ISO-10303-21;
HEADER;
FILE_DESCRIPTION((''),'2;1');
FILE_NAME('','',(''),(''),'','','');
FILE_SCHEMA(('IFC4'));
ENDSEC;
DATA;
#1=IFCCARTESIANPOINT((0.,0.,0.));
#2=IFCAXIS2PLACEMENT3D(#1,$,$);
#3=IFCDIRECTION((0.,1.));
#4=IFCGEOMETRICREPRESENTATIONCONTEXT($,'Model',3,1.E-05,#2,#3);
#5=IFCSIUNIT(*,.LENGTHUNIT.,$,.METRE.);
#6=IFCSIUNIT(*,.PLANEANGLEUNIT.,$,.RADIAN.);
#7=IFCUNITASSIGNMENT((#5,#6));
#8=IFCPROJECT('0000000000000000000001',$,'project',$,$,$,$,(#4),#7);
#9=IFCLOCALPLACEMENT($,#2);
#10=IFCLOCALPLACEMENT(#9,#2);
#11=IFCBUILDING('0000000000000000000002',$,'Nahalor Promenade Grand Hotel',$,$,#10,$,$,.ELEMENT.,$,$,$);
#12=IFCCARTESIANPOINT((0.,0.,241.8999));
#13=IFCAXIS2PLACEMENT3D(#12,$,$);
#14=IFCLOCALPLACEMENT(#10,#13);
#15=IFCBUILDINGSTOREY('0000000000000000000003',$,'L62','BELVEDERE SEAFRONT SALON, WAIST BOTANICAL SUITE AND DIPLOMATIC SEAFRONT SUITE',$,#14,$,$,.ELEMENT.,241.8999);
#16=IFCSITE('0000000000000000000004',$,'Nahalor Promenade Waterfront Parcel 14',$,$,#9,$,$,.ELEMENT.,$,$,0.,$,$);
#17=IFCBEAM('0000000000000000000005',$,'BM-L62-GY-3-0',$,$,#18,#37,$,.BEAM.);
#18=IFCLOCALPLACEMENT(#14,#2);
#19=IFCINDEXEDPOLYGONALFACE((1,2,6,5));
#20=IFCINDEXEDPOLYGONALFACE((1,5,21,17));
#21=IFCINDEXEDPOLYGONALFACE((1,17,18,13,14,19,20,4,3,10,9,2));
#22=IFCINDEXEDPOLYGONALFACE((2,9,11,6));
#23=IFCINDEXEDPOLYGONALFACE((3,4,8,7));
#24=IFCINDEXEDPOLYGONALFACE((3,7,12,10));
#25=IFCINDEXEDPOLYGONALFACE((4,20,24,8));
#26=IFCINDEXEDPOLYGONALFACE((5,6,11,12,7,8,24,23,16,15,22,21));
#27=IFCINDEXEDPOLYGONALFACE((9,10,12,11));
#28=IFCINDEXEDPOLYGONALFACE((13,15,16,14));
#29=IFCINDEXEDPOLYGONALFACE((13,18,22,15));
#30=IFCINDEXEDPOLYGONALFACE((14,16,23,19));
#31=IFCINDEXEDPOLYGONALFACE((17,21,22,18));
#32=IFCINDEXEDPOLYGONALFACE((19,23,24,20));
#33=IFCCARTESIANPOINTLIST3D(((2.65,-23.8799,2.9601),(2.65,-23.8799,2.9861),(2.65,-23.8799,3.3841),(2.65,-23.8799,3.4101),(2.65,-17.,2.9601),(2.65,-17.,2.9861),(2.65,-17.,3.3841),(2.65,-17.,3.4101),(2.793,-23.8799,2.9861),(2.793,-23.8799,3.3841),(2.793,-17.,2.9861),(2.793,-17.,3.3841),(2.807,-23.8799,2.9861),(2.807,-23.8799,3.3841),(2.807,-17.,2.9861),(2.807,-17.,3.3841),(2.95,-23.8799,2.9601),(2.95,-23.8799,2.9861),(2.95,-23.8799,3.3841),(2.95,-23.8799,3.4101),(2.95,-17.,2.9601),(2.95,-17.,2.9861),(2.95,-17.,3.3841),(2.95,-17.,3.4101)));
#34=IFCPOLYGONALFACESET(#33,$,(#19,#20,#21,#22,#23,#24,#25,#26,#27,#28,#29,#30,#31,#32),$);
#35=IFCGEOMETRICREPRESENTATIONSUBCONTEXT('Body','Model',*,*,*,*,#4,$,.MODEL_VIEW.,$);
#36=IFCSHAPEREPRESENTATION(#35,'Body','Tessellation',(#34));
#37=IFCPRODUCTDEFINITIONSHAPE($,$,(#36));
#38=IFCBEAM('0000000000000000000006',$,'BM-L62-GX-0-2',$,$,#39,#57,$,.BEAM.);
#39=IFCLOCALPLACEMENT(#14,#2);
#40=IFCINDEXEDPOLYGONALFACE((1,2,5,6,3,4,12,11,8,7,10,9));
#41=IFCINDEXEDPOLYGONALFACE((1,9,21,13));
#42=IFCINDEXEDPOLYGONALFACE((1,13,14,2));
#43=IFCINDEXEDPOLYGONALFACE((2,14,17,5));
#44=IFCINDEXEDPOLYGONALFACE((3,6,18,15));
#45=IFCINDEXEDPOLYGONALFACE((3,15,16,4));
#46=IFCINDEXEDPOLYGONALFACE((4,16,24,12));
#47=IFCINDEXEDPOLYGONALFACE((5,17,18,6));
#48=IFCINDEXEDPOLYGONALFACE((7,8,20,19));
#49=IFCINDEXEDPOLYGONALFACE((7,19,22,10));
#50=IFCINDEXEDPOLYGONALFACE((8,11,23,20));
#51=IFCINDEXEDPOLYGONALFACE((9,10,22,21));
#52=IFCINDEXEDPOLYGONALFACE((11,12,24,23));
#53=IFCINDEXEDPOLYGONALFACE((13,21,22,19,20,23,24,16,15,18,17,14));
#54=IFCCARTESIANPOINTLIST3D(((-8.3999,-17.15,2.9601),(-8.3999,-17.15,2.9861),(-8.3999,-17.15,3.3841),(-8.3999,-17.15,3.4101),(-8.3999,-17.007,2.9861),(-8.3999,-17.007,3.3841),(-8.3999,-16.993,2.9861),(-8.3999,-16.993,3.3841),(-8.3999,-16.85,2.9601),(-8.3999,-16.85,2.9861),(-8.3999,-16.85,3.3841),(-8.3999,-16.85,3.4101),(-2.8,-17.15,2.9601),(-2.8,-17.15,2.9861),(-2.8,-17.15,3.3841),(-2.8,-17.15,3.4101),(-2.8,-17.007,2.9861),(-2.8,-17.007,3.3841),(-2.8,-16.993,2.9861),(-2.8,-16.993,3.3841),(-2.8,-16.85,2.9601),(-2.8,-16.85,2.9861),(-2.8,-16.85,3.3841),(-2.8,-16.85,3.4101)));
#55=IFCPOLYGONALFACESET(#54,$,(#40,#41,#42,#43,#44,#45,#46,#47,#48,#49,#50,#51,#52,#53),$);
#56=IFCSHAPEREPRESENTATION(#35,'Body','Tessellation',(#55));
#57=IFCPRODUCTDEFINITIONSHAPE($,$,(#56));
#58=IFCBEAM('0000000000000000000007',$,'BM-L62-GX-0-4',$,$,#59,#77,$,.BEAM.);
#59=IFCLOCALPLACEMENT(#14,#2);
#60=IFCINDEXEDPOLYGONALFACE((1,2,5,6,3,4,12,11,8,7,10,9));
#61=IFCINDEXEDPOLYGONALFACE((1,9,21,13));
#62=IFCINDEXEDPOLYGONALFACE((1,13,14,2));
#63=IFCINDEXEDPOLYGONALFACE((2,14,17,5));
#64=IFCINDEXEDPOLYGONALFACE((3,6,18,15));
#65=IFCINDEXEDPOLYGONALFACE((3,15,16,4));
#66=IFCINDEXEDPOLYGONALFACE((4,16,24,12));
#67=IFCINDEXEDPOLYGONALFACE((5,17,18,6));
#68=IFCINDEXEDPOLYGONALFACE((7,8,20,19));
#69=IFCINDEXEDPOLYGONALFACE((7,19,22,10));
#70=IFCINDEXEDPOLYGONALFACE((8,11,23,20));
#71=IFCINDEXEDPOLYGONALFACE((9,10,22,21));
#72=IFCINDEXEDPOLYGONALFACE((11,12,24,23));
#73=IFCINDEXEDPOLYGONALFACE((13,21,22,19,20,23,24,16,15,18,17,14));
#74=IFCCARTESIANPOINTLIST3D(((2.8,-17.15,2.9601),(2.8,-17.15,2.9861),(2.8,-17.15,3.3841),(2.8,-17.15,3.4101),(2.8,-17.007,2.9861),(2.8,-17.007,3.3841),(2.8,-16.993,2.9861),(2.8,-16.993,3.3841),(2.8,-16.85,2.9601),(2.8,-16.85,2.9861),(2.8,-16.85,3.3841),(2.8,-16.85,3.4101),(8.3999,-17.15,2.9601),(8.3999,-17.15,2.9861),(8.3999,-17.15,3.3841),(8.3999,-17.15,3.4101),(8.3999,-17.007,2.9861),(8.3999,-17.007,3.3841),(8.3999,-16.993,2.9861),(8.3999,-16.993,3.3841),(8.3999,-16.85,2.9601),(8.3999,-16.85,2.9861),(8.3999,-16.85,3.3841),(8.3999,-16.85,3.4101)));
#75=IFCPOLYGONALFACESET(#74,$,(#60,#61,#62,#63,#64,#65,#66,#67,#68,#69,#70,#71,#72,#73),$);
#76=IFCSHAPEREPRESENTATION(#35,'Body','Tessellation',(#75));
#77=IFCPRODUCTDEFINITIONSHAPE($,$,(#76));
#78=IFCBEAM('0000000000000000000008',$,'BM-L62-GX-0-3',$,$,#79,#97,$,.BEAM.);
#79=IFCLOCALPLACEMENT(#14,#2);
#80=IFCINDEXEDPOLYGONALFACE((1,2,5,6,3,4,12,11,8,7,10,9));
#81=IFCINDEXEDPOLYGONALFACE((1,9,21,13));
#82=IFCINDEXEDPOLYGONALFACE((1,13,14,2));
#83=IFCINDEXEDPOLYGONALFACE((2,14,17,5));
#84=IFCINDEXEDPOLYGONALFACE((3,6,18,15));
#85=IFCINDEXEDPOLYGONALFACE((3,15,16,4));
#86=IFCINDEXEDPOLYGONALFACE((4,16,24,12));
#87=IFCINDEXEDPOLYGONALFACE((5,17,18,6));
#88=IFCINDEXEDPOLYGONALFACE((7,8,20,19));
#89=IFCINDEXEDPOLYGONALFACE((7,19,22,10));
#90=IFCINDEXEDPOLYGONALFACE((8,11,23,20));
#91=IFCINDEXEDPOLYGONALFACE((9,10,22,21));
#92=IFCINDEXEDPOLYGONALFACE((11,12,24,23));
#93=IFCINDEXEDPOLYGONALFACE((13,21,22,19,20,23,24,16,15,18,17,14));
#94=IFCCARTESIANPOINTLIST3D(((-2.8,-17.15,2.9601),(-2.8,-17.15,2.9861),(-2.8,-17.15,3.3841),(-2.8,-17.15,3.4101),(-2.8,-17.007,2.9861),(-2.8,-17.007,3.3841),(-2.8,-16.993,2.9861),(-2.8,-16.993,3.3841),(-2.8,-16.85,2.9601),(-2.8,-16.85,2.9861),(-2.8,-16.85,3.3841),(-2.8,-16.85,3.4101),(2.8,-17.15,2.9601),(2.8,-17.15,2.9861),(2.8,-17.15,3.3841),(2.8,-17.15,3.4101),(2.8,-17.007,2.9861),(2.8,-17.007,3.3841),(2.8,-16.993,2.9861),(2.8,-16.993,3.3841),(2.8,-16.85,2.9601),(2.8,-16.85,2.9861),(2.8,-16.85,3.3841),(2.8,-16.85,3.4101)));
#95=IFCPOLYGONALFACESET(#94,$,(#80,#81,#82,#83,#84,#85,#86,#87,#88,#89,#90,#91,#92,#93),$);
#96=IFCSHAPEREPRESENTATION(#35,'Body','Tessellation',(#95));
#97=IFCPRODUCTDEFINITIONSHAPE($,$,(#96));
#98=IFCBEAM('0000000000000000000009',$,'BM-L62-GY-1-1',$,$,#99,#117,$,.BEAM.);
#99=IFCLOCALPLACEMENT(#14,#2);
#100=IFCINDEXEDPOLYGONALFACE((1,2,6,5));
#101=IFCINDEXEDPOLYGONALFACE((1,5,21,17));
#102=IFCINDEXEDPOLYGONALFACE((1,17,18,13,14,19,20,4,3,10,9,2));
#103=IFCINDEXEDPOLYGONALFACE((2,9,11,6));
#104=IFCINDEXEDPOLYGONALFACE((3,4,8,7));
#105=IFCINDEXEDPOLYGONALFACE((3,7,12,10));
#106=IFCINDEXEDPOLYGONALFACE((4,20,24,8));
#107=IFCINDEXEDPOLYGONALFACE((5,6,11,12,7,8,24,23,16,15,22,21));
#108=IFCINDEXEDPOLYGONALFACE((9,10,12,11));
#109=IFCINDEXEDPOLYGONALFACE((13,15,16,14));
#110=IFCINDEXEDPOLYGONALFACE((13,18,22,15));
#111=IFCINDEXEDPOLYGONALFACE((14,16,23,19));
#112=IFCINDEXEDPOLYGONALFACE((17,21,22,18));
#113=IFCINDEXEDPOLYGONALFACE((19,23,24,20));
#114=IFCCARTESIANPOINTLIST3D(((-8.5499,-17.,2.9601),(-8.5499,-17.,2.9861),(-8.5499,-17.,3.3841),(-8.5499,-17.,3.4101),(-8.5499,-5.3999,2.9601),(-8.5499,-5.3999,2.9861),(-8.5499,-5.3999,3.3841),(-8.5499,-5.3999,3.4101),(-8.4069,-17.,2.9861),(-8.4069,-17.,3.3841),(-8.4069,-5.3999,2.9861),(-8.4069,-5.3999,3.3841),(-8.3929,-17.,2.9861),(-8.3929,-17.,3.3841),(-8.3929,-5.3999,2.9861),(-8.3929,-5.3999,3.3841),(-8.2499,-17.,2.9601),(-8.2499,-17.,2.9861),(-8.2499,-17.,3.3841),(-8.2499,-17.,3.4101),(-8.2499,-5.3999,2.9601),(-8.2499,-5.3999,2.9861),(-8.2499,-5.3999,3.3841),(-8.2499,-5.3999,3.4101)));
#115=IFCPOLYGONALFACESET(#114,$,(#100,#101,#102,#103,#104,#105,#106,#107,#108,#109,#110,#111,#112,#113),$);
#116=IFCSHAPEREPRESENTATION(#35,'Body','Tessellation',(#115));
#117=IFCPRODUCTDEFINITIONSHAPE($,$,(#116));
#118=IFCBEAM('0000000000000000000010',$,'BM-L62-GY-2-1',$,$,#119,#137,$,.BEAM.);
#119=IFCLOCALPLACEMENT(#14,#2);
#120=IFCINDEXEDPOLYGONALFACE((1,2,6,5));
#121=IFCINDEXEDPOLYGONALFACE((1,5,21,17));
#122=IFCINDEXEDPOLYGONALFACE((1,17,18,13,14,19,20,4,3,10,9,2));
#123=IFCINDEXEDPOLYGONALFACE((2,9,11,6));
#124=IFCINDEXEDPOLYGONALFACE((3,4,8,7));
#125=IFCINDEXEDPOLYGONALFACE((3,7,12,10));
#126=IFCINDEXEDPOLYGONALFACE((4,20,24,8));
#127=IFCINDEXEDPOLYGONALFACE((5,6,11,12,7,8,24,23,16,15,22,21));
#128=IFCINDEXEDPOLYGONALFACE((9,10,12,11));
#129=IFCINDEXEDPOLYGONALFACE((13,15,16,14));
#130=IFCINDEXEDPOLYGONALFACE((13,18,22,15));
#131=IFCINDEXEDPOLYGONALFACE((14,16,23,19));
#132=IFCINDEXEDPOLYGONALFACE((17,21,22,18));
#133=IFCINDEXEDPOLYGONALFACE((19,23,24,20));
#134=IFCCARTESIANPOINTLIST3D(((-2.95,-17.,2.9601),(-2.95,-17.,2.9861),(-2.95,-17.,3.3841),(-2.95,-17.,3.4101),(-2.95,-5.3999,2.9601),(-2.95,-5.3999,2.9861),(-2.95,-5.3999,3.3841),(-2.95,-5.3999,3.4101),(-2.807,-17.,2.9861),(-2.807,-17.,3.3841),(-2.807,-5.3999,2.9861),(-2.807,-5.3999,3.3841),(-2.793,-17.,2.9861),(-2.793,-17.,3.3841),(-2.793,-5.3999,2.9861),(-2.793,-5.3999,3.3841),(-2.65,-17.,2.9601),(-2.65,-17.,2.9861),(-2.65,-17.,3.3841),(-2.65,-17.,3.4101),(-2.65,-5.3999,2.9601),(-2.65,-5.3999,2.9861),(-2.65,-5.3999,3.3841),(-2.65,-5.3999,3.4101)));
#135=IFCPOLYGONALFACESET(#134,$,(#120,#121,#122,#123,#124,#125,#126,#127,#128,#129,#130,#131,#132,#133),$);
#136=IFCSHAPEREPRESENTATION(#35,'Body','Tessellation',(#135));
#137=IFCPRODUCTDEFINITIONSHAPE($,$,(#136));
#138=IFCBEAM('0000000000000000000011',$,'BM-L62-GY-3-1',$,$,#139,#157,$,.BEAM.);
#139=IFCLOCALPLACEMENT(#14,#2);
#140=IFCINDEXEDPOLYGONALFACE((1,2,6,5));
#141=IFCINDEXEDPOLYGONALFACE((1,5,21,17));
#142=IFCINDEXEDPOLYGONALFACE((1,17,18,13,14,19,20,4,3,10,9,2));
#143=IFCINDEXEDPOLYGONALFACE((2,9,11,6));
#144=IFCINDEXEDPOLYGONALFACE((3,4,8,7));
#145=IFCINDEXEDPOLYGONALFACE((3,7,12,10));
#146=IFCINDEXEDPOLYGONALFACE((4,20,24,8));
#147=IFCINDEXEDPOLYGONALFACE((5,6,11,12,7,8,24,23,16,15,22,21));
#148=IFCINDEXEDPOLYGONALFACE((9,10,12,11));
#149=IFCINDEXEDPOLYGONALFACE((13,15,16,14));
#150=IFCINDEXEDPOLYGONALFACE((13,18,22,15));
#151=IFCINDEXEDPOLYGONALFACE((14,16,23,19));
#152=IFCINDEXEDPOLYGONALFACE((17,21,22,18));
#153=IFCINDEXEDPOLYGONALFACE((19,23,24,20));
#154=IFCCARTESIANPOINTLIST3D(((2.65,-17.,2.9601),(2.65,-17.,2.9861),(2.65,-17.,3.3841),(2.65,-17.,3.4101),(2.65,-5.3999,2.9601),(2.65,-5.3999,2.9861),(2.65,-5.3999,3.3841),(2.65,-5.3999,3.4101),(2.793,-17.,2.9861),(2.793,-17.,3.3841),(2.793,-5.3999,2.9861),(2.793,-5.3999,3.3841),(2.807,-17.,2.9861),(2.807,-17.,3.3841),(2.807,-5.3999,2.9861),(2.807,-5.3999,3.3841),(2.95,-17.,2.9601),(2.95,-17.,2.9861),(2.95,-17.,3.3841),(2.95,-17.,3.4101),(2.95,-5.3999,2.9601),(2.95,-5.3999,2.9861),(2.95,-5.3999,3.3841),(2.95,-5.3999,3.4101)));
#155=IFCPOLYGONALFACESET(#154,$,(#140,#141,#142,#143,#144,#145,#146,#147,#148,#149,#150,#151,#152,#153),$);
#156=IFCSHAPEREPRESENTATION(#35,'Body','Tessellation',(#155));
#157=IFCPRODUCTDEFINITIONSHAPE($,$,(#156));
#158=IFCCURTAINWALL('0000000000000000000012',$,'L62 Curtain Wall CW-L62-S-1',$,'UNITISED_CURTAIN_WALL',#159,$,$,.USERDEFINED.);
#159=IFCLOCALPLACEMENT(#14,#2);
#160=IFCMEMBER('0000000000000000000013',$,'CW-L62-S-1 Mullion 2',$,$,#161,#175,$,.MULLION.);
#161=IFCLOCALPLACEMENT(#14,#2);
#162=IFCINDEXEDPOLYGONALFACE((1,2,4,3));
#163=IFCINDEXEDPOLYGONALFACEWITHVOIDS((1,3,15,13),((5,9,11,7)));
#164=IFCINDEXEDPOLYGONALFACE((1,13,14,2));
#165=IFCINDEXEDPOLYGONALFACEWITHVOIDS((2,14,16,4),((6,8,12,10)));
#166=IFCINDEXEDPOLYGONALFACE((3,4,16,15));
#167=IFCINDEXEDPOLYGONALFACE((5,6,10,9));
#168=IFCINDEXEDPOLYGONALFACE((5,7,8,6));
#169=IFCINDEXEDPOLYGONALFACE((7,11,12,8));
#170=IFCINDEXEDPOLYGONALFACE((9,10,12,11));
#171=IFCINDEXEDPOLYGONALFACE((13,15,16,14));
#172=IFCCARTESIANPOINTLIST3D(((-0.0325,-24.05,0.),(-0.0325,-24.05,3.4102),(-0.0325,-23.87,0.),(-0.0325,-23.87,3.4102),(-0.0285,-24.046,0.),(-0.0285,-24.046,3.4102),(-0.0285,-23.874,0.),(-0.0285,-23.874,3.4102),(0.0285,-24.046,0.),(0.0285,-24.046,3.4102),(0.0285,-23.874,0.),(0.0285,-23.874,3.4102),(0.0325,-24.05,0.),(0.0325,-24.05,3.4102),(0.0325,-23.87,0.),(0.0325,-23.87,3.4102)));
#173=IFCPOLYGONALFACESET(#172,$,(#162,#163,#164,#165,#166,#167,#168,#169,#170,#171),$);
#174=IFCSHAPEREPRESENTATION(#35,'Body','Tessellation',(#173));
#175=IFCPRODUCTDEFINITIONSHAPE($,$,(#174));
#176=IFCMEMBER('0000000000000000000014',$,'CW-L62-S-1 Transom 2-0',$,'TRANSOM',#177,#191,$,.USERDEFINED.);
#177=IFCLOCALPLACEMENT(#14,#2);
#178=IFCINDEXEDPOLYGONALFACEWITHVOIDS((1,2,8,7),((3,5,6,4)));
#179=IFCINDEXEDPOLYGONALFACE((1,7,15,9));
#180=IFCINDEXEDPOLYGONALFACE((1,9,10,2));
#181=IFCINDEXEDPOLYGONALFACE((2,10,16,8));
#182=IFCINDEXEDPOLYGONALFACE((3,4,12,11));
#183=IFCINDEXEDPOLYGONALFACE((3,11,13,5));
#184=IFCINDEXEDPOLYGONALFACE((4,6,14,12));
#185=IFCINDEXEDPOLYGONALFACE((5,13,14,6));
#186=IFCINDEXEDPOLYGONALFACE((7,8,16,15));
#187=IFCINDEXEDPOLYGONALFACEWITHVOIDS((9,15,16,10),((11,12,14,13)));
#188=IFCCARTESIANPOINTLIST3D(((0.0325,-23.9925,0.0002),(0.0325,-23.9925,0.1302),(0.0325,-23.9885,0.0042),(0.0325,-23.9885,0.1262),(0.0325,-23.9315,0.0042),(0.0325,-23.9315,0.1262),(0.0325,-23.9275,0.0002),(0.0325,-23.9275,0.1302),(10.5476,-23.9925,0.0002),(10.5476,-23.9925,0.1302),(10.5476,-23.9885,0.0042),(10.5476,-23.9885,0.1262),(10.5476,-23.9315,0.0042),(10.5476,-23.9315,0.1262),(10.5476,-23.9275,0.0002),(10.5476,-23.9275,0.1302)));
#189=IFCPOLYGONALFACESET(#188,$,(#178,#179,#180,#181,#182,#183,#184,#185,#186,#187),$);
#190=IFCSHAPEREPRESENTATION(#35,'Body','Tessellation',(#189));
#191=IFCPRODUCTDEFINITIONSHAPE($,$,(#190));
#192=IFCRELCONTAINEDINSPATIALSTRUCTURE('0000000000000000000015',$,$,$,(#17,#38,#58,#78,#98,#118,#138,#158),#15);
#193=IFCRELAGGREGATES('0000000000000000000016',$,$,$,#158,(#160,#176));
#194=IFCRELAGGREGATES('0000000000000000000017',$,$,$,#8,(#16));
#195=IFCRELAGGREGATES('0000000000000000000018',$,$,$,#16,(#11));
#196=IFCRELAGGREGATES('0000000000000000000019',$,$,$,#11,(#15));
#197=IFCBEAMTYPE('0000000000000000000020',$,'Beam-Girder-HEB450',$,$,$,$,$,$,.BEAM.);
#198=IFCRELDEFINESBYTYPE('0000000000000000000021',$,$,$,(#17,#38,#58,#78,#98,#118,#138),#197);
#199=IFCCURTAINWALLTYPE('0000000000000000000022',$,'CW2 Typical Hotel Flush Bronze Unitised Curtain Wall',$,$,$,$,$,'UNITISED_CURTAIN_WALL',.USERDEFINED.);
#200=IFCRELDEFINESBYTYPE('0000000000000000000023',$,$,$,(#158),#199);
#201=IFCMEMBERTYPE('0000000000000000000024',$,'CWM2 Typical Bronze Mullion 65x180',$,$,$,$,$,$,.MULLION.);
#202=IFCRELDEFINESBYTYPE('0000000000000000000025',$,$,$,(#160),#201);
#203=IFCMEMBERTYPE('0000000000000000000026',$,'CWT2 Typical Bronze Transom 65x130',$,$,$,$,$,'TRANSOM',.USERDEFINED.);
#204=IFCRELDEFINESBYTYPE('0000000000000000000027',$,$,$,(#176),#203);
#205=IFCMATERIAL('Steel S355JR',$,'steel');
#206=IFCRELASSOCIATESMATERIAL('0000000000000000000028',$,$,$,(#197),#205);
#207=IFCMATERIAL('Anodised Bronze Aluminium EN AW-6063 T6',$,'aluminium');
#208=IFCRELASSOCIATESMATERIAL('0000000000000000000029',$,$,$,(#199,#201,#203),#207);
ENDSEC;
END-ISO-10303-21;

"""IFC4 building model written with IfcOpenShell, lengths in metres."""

from ifc_helpers import new_model, si_unit, direction, frame, origin, origin_2d, place, context, subcontext, project, spatial, hollow_rectangle, i_section, extrude, source, transform, mapped, material, material_profile, profile_set, type_object, element, aggregate, save


model = new_model("IFC4")

# Units and contexts
model_context = context("Model", 3, precision=1e-05, world=origin(), true_north=direction((0.0, 1.0)))
body_context = subcontext(model_context, "Body", "Model", "MODEL_VIEW")
ifc_project = project(units=[si_unit("LENGTHUNIT", "METRE"), si_unit("PLANEANGLEUNIT", "RADIAN")], contexts=[model_context])

# Site, building, storey
site_placement = place(None, origin())
site = spatial("IfcSite", under=ifc_project, at=site_placement, Name="Nahalor Promenade Waterfront Parcel 14", CompositionType="ELEMENT", RefElevation=0.0)
building_placement = place(site_placement, origin())
building = spatial("IfcBuilding", under=site, at=building_placement, Name="Nahalor Promenade Grand Hotel", CompositionType="ELEMENT")
storey_placement = place(building_placement, frame((0.0, 0.0, 241.8999)))
storey = spatial("IfcBuildingStorey", under=building, at=storey_placement, Name="L62", Description="BELVEDERE SEAFRONT SALON, WAIST BOTANICAL SUITE AND DIPLOMATIC SEAFRONT SUITE", CompositionType="ELEMENT", Elevation=241.8999)

# Shared definitions
ifc_material_1 = material(Name="Steel S355JR", Category="steel")

# Beams
ifc_material_profile_1 = material_profile(ifc_material_1, i_section(OverallWidth=0.3, OverallDepth=0.45, WebThickness=0.014, FlangeThickness=0.026, at=origin_2d()), Name="HEB 450")
ifc_profile_set_1 = profile_set([ifc_material_profile_1], Name="Steel S355JR")
beam_type_1 = type_object("IfcBeamType", Name="Beam-Girder-HEB450", PredefinedType="BEAM", material=ifc_profile_set_1)
shared_shape_1 = source(origin(), body_context, "Body", "SweptSolid", [
    extrude(i_section(OverallWidth=0.3, OverallDepth=0.45, WebThickness=0.014, FlangeThickness=0.026, at=origin_2d()), origin(), (0.0, 0.0, 1.0), 6.8799),
])
for number, where, z_axis, x_axis, name in (
    (1, (2.8, -23.8799, 3.1851), (0.0, 1.0, 0.0), (-1.0, 0.0, 0.0), "BM-L62-GY-3-0"),
):
    element("IfcBeam", number, at=place(storey_placement, frame(where, z_axis=z_axis, x_axis=x_axis)), inside=storey, type_object=beam_type_1, Name=name, PredefinedType="BEAM", context=body_context, shape_type="MappedRepresentation", body=[
        mapped(shared_shape_1, transform((0.0, 0.0, 0.0), scale=1.0)),
    ])
shared_shape_2 = source(origin(), body_context, "Body", "SweptSolid", [
    extrude(i_section(OverallWidth=0.3, OverallDepth=0.45, WebThickness=0.014, FlangeThickness=0.026, at=origin_2d()), origin(), (0.0, 0.0, 1.0), 5.5999),
])
for number, where, z_axis, x_axis, name in (
    (2, (-8.3999, -17.0, 3.1851), (1.0, 0.0, 0.0), (0.0, 1.0, 0.0), "BM-L62-GX-0-2"),
    (3, (2.8, -17.0, 3.1851), (1.0, 0.0, 0.0), (0.0, 1.0, 0.0), "BM-L62-GX-0-4"),
):
    element("IfcBeam", number, at=place(storey_placement, frame(where, z_axis=z_axis, x_axis=x_axis)), inside=storey, type_object=beam_type_1, Name=name, PredefinedType="BEAM", context=body_context, shape_type="MappedRepresentation", body=[
        mapped(shared_shape_2, transform((0.0, 0.0, 0.0), scale=1.0)),
    ])
shared_shape_3 = source(origin(), body_context, "Body", "SweptSolid", [
    extrude(i_section(OverallWidth=0.3, OverallDepth=0.45, WebThickness=0.014, FlangeThickness=0.026, at=origin_2d()), origin(), (0.0, 0.0, 1.0), 5.6001),
])
beam_1_placement = place(storey_placement, frame((-2.8, -17.0, 3.1851), z_axis=(1.0, 0.0, 0.0), x_axis=(0.0, 1.0, 0.0)))
element("IfcBeam", 4, at=beam_1_placement, inside=storey, type_object=beam_type_1, Name="BM-L62-GX-0-3", PredefinedType="BEAM", context=body_context, shape_type="MappedRepresentation", body=[
    mapped(shared_shape_3, transform((0.0, 0.0, 0.0), scale=1.0)),
])
shared_shape_4 = source(origin(), body_context, "Body", "SweptSolid", [
    extrude(i_section(OverallWidth=0.3, OverallDepth=0.45, WebThickness=0.014, FlangeThickness=0.026, at=origin_2d()), origin(), (0.0, 0.0, 1.0), 11.6001),
])
for number, where, z_axis, x_axis, name in (
    (5, (-8.3999, -17.0, 3.1851), (0.0, 1.0, 0.0), (-1.0, 0.0, 0.0), "BM-L62-GY-1-1"),
    (6, (-2.8, -17.0, 3.1851), (0.0, 1.0, 0.0), (-1.0, 0.0, 0.0), "BM-L62-GY-2-1"),
    (7, (2.8, -17.0, 3.1851), (0.0, 1.0, 0.0), (-1.0, 0.0, 0.0), "BM-L62-GY-3-1"),
):
    element("IfcBeam", number, at=place(storey_placement, frame(where, z_axis=z_axis, x_axis=x_axis)), inside=storey, type_object=beam_type_1, Name=name, PredefinedType="BEAM", context=body_context, shape_type="MappedRepresentation", body=[
        mapped(shared_shape_4, transform((0.0, 0.0, 0.0), scale=1.0)),
    ])

# Curtain wall, members
ifc_material_2 = material(Name="Anodised Bronze Aluminium EN AW-6063 T6", Category="aluminium")
curtain_wall_type = type_object("IfcCurtainWallType", Name="CW2 Typical Hotel Flush Bronze Unitised Curtain Wall", ElementType="UNITISED_CURTAIN_WALL", PredefinedType="USERDEFINED", material=ifc_material_2)
curtain_wall_placement = place(storey_placement, origin())
curtain_wall = element("IfcCurtainWall", 8, at=curtain_wall_placement, inside=storey, type_object=curtain_wall_type, Name="L62 Curtain Wall CW-L62-S-1", ObjectType="UNITISED_CURTAIN_WALL", PredefinedType="USERDEFINED")
ifc_material_profile_2 = material_profile(ifc_material_2, hollow_rectangle(XDim=0.065, YDim=0.18, WallThickness=0.004, at=origin_2d()), Name="CWM 65x180x4")
ifc_profile_set_2 = profile_set([ifc_material_profile_2], Name="Anodised Bronze Aluminium EN AW-6063 T6")
member_type_1 = type_object("IfcMemberType", Name="CWM2 Typical Bronze Mullion 65x180", PredefinedType="MULLION", material=ifc_profile_set_2)
shared_shape_5 = source(origin(), body_context, "Body", "SweptSolid", [
    extrude(hollow_rectangle(XDim=0.065, YDim=0.18, WallThickness=0.004, at=origin_2d()), origin(), (0.0, 0.0, 1.0), 3.4102),
])
member_1_placement = place(storey_placement, frame((0.0, -23.96, 0.0), z_axis=(0.0, 0.0, 1.0), x_axis=(1.0, 0.0, 0.0)))
member_1 = element("IfcMember", 9, at=member_1_placement, type_object=member_type_1, Name="CW-L62-S-1 Mullion 2", PredefinedType="MULLION", context=body_context, shape_type="MappedRepresentation", body=[
    mapped(shared_shape_5, transform((0.0, 0.0, 0.0), scale=1.0)),
])
ifc_material_profile_3 = material_profile(ifc_material_2, hollow_rectangle(XDim=0.065, YDim=0.13, WallThickness=0.004, at=origin_2d()), Name="CWT 65x130x4")
ifc_profile_set_3 = profile_set([ifc_material_profile_3], Name="Anodised Bronze Aluminium EN AW-6063 T6")
member_type_2 = type_object("IfcMemberType", Name="CWT2 Typical Bronze Transom 65x130", ElementType="TRANSOM", PredefinedType="USERDEFINED", material=ifc_profile_set_3)
shared_shape_6 = source(origin(), body_context, "Body", "SweptSolid", [
    extrude(hollow_rectangle(XDim=0.065, YDim=0.13, WallThickness=0.004, at=origin_2d()), origin(), (0.0, 0.0, 1.0), 10.5151),
])
member_2_placement = place(storey_placement, frame((0.0325, -23.96, 0.0652), z_axis=(1.0, 0.0, 0.0), x_axis=(0.0, 1.0, 0.0)))
member_2 = element("IfcMember", 10, at=member_2_placement, type_object=member_type_2, Name="CW-L62-S-1 Transom 2-0", ObjectType="TRANSOM", PredefinedType="USERDEFINED", context=body_context, shape_type="MappedRepresentation", body=[
    mapped(shared_shape_6, transform((0.0, 0.0, 0.0), scale=1.0)),
])
aggregate(curtain_wall, [member_1, member_2])

save(model, "model.ifc")
